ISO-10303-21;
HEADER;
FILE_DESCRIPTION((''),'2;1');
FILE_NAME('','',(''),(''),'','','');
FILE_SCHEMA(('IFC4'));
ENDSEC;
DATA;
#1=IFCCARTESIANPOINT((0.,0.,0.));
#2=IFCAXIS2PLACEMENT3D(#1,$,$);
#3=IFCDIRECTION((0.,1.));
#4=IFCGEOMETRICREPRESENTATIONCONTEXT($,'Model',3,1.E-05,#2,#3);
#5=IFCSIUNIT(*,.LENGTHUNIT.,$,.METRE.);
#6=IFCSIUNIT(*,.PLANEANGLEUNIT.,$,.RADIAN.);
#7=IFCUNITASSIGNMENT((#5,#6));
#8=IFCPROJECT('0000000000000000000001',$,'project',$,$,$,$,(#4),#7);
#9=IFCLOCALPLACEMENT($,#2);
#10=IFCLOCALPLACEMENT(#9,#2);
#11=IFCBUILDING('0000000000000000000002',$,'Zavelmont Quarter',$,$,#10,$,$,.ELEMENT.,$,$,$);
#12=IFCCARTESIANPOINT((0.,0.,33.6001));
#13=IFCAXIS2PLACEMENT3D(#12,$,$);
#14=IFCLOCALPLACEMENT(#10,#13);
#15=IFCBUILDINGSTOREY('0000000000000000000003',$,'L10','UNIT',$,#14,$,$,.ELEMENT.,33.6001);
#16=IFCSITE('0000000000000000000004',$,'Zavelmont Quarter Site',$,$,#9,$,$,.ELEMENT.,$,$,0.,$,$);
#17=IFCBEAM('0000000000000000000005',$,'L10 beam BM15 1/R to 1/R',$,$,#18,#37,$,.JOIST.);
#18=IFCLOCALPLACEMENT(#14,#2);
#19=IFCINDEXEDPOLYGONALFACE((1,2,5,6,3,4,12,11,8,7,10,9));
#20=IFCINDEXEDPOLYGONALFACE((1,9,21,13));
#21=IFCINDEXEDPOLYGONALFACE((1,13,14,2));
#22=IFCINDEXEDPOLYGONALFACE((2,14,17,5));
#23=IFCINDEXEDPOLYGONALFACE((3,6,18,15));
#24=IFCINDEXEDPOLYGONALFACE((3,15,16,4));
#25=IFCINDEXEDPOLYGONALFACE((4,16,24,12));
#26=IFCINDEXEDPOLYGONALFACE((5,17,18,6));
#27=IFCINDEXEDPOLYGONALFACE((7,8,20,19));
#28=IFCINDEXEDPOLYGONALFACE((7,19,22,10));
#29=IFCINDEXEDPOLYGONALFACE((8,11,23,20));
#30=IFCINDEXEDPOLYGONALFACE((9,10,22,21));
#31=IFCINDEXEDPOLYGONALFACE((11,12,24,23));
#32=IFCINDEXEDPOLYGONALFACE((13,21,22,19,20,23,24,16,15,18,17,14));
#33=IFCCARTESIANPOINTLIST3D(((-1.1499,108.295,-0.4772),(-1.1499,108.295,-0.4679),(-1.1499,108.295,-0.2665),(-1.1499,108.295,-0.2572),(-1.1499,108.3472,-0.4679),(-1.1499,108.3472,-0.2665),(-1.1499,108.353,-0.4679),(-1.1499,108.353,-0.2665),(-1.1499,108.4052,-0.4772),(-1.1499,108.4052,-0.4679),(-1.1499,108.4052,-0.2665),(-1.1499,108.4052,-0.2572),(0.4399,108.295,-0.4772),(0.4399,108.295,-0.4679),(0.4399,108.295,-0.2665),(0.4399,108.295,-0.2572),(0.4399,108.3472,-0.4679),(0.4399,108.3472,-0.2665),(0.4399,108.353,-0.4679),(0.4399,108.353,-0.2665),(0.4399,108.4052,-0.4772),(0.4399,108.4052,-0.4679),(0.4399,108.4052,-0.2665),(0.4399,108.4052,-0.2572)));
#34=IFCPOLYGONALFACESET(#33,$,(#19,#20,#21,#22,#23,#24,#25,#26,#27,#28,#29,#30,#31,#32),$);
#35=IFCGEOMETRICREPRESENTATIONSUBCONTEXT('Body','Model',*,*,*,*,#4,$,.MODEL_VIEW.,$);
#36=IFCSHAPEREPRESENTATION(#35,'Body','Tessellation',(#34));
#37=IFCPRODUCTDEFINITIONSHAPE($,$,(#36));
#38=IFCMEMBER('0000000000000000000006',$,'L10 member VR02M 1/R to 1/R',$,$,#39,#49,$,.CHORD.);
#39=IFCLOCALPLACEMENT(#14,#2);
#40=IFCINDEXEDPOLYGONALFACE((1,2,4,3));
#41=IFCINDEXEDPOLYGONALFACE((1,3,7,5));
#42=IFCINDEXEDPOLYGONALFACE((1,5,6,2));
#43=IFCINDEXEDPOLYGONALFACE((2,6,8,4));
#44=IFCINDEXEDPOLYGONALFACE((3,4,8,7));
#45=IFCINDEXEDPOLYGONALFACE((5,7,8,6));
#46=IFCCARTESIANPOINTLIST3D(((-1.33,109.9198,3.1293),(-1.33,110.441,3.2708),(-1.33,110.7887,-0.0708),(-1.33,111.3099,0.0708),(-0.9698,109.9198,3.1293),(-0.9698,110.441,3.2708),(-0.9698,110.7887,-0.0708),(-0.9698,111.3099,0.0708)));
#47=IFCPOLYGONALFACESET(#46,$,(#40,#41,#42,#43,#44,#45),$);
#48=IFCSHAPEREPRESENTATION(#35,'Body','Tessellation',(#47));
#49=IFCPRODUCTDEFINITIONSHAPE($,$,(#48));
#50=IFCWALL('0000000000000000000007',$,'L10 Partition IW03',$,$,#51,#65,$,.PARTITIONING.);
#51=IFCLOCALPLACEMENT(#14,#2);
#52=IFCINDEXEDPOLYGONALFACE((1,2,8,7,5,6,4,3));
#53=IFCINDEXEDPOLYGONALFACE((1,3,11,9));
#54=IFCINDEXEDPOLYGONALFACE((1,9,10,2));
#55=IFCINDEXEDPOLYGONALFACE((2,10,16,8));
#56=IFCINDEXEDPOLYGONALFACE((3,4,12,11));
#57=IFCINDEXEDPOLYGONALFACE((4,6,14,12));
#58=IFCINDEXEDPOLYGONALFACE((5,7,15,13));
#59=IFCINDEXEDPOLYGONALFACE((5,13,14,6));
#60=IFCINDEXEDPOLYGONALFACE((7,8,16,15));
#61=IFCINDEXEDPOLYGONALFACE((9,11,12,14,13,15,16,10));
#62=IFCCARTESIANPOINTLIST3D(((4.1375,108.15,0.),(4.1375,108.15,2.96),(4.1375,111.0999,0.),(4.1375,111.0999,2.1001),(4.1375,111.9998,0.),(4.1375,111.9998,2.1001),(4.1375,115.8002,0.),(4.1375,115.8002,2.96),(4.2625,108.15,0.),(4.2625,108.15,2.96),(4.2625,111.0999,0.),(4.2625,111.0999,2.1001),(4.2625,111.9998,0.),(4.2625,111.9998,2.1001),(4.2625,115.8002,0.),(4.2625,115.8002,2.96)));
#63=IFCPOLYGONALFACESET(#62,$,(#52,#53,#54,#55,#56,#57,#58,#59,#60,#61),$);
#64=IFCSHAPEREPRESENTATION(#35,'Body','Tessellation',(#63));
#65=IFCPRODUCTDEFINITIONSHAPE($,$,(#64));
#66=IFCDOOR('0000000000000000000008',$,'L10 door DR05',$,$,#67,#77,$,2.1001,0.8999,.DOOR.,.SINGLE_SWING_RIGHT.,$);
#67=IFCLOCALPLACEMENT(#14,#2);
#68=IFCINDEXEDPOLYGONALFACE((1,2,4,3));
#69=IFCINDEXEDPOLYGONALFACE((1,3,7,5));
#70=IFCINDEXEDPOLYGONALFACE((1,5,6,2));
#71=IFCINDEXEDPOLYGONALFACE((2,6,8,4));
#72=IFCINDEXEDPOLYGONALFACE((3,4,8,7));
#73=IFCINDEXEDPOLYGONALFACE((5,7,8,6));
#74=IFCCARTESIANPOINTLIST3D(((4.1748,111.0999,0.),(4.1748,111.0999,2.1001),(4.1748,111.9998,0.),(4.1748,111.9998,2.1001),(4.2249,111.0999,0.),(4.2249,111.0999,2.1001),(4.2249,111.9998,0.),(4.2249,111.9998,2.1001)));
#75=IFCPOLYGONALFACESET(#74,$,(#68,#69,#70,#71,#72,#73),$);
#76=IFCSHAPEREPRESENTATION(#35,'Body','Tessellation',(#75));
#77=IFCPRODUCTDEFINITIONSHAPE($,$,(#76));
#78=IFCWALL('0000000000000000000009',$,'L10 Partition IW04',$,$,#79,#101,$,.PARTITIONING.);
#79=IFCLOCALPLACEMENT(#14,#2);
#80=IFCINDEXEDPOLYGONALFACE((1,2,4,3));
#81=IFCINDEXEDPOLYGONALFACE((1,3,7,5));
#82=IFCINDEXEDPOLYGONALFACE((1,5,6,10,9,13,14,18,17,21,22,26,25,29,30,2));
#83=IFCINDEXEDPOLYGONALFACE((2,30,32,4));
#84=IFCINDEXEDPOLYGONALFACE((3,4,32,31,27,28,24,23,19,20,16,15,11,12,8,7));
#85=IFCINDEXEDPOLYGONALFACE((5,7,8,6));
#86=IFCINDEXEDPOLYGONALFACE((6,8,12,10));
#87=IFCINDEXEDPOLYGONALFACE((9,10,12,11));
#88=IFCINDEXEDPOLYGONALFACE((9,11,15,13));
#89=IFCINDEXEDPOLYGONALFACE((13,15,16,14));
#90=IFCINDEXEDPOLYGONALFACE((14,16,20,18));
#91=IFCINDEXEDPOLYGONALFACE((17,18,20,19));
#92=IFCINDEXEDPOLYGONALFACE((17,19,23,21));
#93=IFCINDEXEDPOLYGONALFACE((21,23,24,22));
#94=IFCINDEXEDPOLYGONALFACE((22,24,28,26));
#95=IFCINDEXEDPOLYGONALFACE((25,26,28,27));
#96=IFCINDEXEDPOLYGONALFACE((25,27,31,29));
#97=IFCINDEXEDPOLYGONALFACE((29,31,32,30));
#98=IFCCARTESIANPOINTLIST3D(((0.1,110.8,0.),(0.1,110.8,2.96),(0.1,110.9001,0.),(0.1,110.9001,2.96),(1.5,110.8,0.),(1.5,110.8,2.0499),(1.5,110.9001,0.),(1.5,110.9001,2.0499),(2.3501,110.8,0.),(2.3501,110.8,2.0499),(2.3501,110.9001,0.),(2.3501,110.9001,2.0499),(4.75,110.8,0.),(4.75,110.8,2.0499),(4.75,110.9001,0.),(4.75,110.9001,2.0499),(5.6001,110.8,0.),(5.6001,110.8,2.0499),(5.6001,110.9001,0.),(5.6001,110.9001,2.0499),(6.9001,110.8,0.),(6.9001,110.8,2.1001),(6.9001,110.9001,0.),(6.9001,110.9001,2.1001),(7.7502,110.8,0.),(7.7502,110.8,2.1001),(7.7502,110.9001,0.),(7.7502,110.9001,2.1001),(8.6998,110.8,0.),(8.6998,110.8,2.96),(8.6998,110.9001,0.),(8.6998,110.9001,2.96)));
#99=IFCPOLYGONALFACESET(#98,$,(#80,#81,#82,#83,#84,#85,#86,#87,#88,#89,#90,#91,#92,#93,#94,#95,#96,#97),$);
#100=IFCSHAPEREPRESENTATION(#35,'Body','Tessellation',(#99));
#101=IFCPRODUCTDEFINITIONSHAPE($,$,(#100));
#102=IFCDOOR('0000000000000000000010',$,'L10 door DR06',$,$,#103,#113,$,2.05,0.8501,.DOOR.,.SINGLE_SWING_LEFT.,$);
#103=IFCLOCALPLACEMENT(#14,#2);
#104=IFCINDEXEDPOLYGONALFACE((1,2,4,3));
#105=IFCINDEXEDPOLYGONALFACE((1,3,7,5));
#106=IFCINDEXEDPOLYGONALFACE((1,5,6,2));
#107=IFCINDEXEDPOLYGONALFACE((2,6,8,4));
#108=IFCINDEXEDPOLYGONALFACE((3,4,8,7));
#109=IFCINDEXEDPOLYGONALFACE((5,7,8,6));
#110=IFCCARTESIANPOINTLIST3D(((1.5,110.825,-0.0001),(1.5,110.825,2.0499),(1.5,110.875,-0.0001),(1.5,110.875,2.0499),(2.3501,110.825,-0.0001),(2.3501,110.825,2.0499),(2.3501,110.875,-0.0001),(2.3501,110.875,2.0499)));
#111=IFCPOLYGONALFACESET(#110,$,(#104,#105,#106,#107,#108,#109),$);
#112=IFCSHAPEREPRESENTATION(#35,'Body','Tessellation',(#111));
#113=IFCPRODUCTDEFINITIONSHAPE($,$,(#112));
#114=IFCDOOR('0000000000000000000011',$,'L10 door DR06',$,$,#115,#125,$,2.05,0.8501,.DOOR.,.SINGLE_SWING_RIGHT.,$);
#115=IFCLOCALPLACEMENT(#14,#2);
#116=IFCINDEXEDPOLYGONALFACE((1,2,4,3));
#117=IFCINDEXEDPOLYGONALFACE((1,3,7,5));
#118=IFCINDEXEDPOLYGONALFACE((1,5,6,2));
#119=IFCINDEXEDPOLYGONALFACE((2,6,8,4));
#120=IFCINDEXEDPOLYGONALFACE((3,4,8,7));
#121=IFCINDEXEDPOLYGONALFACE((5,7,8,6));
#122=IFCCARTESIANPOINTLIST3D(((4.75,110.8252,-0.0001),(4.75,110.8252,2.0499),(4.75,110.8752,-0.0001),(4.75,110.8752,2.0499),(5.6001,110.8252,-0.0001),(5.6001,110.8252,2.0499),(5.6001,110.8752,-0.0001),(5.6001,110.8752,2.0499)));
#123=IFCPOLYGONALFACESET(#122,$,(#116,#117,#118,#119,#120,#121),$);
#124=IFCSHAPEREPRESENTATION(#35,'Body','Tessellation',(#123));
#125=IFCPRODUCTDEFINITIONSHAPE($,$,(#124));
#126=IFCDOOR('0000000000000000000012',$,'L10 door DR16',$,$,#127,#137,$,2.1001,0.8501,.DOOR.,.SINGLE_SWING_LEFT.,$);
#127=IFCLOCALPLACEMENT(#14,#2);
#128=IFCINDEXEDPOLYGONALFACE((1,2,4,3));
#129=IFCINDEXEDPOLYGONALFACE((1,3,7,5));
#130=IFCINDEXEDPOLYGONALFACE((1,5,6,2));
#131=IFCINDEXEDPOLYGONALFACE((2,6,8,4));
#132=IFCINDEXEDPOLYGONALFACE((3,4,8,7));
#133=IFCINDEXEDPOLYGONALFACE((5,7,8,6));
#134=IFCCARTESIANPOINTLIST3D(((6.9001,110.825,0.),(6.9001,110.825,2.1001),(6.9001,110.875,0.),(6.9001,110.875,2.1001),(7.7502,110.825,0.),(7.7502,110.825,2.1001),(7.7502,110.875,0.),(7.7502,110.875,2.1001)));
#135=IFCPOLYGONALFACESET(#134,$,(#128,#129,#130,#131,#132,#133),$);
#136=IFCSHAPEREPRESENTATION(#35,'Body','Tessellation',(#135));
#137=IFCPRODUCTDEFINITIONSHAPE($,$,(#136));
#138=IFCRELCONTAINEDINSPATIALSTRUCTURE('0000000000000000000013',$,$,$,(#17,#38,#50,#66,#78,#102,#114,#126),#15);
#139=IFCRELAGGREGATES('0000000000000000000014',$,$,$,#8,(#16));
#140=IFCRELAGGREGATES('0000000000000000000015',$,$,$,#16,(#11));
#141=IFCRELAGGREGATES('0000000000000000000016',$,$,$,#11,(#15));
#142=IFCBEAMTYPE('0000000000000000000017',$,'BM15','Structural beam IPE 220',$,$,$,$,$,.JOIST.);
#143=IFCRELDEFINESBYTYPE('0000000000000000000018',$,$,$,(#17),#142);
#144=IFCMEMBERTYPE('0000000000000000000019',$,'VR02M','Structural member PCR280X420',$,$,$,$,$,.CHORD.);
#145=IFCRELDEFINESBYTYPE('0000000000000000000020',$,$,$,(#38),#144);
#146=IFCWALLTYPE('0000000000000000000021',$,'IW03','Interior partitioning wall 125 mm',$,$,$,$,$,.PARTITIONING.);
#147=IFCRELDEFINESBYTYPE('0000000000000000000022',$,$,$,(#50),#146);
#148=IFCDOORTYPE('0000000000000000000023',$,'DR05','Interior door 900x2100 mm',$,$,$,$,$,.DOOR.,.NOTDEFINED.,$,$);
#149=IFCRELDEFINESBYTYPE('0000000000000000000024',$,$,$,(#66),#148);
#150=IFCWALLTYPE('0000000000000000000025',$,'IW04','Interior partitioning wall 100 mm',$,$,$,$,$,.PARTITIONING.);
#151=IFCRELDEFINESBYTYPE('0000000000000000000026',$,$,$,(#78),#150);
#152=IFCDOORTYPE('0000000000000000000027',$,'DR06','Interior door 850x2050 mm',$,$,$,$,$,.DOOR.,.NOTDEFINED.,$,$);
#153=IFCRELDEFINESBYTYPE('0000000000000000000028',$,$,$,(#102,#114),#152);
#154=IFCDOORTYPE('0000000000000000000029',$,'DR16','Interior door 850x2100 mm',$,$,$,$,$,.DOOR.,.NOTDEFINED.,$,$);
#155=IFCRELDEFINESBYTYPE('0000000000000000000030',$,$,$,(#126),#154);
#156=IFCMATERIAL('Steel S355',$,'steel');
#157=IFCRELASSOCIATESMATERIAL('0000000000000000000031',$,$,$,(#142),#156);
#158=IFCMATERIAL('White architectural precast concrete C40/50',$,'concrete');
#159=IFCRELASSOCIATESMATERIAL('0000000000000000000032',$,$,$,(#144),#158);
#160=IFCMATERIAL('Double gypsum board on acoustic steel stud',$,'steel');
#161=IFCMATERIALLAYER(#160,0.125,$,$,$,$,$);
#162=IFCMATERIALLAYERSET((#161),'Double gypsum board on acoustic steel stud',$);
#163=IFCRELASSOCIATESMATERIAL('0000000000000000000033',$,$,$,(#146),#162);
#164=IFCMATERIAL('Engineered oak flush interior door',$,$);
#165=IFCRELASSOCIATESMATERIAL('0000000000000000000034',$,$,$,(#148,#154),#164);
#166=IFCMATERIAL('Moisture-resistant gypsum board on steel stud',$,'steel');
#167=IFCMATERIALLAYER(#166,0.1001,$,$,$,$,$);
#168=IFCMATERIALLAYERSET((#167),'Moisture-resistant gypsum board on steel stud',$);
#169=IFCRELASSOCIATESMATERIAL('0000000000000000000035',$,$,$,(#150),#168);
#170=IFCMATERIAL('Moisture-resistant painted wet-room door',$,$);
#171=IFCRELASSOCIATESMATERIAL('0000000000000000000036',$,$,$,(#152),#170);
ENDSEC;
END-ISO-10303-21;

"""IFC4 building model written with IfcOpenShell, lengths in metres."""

from ifc_helpers import new_model, si_unit, direction, frame, frame_2d, origin, origin_with_axes, origin_2d, place, context, subcontext, project, spatial, rectangle, i_section, extrude, material, layer, layer_set, material_profile, profile_set, type_object, element, fill, save


model = new_model("IFC4")

# Units and contexts
model_context = context("Model", 3, precision=1e-05, world=origin(), true_north=direction((0.0, 1.0)))
body_context = subcontext(model_context, "Body", "Model", "MODEL_VIEW")
ifc_project = project(units=[si_unit("LENGTHUNIT", "METRE"), si_unit("PLANEANGLEUNIT", "RADIAN")], contexts=[model_context])

# Site, building, storey
site_placement = place(None, origin())
site = spatial("IfcSite", under=ifc_project, at=site_placement, Name="Zavelmont Quarter Site", CompositionType="ELEMENT", RefElevation=0.0)
building_placement = place(site_placement, origin())
building = spatial("IfcBuilding", under=site, at=building_placement, Name="Zavelmont Quarter", CompositionType="ELEMENT")
storey_placement = place(building_placement, frame((0.0, 0.0, 33.6001)))
storey = spatial("IfcBuildingStorey", under=building, at=storey_placement, Name="L10", Description="UNIT", CompositionType="ELEMENT", Elevation=33.6001)

# Beam
ifc_material_1 = material(Name="Steel S355", Category="steel")
ifc_material_profile_1 = material_profile(ifc_material_1, i_section(OverallWidth=0.1101, OverallDepth=0.22, WebThickness=0.0059, FlangeThickness=0.0093, at=origin_2d()), Name="IPE 220")
ifc_profile_set_1 = profile_set([ifc_material_profile_1], Name="Steel S355")
beam_type = type_object("IfcBeamType", Name="BM15", Description="Structural beam IPE 220", PredefinedType="JOIST", material=ifc_profile_set_1)
beam_placement = place(storey_placement, frame((0.4399, 108.3501, -0.3672), z_axis=(-1.0, 0.0, 0.0), x_axis=(0.0, -1.0, 0.0)))
element("IfcBeam", 1, at=beam_placement, inside=storey, type_object=beam_type, Name="L10 beam BM15 1/R to 1/R", PredefinedType="JOIST", context=body_context, shape_type="SweptSolid", body=[
    extrude(i_section(OverallWidth=0.1101, OverallDepth=0.22, WebThickness=0.0059, FlangeThickness=0.0093, at=origin_2d()), origin(), (0.0, 0.0, 1.0), 1.5898),
])

# Member
ifc_material_2 = material(Name="White architectural precast concrete C40/50", Category="concrete")
ifc_material_profile_2 = material_profile(ifc_material_2, rectangle(XDim=0.3601, YDim=0.54, at=origin_2d()), Name="PCR280X420")
ifc_profile_set_2 = profile_set([ifc_material_profile_2], Name="White architectural precast concrete C40/50")
member_type = type_object("IfcMemberType", Name="VR02M", Description="Structural member PCR280X420", PredefinedType="CHORD", material=ifc_profile_set_2)
member_placement = place(storey_placement, frame((-1.1499, 111.0493, 0.0), z_axis=(0.0, -0.262046, 0.965055), x_axis=(1.0, 0.0, 0.0)))
element("IfcMember", 2, at=member_placement, inside=storey, type_object=member_type, Name="L10 member VR02M 1/R to 1/R", PredefinedType="CHORD", context=body_context, shape_type="SweptSolid", body=[
    extrude(rectangle(XDim=0.3601, YDim=0.54, at=origin_2d()), origin(), (0.0, 0.0, 1.0), 3.3159),
])

# Wall, opening, door
ifc_material_3 = material(Name="Double gypsum board on acoustic steel stud", Category="steel")
ifc_layer_1 = layer(ifc_material_3, 0.125)
ifc_layer_set_1 = layer_set([ifc_layer_1], Name="Double gypsum board on acoustic steel stud")
wall_type_1 = type_object("IfcWallType", Name="IW03", Description="Interior partitioning wall 125 mm", PredefinedType="PARTITIONING", material=ifc_layer_set_1)
wall_1_placement = place(storey_placement, frame((4.2, 108.1499, 0.0), z_axis=(0.0, 0.0, 1.0), x_axis=(0.0, 1.0, 0.0)))
wall_1 = element("IfcWall", 3, at=wall_1_placement, inside=storey, type_object=wall_type_1, Name="L10 Partition IW03", PredefinedType="PARTITIONING", context=body_context, shape_type="SweptSolid", body=[
    extrude(rectangle(XDim=7.6501, YDim=0.125, at=frame_2d((3.8252, 0.0))), origin(), (0.0, 0.0, 1.0), 2.96),
])
opening_1_placement = place(wall_1_placement, frame((2.95, 0.0, 0.0)))
opening_1 = element("IfcOpeningElement", 4, at=opening_1_placement, cuts=wall_1, PredefinedType="OPENING", context=body_context, shape_type="SweptSolid", body=[
    extrude(rectangle(XDim=0.8999, YDim=2.1001, at=frame_2d((0.45, 1.05))), frame((0.0, 0.0745, 0.0), z_axis=(0.0, -1.0, 0.0), x_axis=(1.0, 0.0, 0.0)), (0.0, 0.0, 1.0), 0.1489),
])
ifc_material_4 = material(Name="Engineered oak flush interior door")
door_type_1 = type_object("IfcDoorType", Name="DR05", Description="Interior door 900x2100 mm", OperationType="NOTDEFINED", PredefinedType="DOOR", material=ifc_material_4)
door_1_placement = place(opening_1_placement, frame((0.8999, 0.0, 0.0), z_axis=(0.0, 0.0, 1.0), x_axis=(-1.0, 0.0, 0.0)))
door_1 = element("IfcDoor", 5, at=door_1_placement, inside=storey, type_object=door_type_1, Name="L10 door DR05", OperationType="SINGLE_SWING_RIGHT", OverallHeight=2.1001, OverallWidth=0.8999, PredefinedType="DOOR", context=body_context, shape_type="SweptSolid", body=[
    extrude(rectangle(XDim=0.8999, YDim=2.1001, at=frame_2d((0.45, 1.05))), frame((0.0, 0.0249, 0.0), z_axis=(0.0, -1.0, 0.0), x_axis=(1.0, 0.0, 0.0)), (0.0, 0.0, 1.0), 0.05),
])
fill(opening_1, door_1)

# Wall, openings, doors
ifc_material_5 = material(Name="Moisture-resistant gypsum board on steel stud", Category="steel")
ifc_layer_2 = layer(ifc_material_5, 0.1001)
ifc_layer_set_2 = layer_set([ifc_layer_2], Name="Moisture-resistant gypsum board on steel stud")
wall_type_2 = type_object("IfcWallType", Name="IW04", Description="Interior partitioning wall 100 mm", PredefinedType="PARTITIONING", material=ifc_layer_set_2)
wall_2_placement = place(storey_placement, frame((0.1001, 110.8501, 0.0), z_axis=(0.0, 0.0, 1.0), x_axis=(1.0, 0.0, 0.0)))
wall_2 = element("IfcWall", 6, at=wall_2_placement, inside=storey, type_object=wall_type_2, Name="L10 Partition IW04", PredefinedType="PARTITIONING", context=body_context, shape_type="SweptSolid", body=[
    extrude(rectangle(XDim=8.5999, YDim=0.1001, at=frame_2d((4.2998, 0.0))), origin(), (0.0, 0.0, 1.0), 2.96),
])
opening_2_placement = place(wall_2_placement, frame((1.3999, 0.0, 0.0)))
opening_2 = element("IfcOpeningElement", 7, at=opening_2_placement, cuts=wall_2, PredefinedType="OPENING", context=body_context, shape_type="SweptSolid", body=[
    extrude(rectangle(XDim=0.8501, YDim=2.05, at=frame_2d((0.425, 1.0249))), frame((0.0, 0.062, 0.0), z_axis=(0.0, -1.0, 0.0), x_axis=(1.0, 0.0, 0.0)), (0.0, 0.0, 1.0), 0.124),
])
opening_3_placement = place(wall_2_placement, frame((4.6499, 0.0, 0.0)))
opening_3 = element("IfcOpeningElement", 8, at=opening_3_placement, cuts=wall_2, PredefinedType="OPENING", context=body_context, shape_type="SweptSolid", body=[
    extrude(rectangle(XDim=0.8501, YDim=2.05, at=frame_2d((0.425, 1.0249))), frame((0.0, 0.062, 0.0), z_axis=(0.0, -1.0, 0.0), x_axis=(1.0, 0.0, 0.0)), (0.0, 0.0, 1.0), 0.124),
])
opening_4_placement = place(wall_2_placement, frame((6.8, 0.0, 0.0)))
opening_4 = element("IfcOpeningElement", 9, at=opening_4_placement, cuts=wall_2, PredefinedType="OPENING", context=body_context, shape_type="SweptSolid", body=[
    extrude(rectangle(XDim=0.8501, YDim=2.1001, at=frame_2d((0.425, 1.05))), frame((0.0, 0.062, 0.0), z_axis=(0.0, -1.0, 0.0), x_axis=(1.0, 0.0, 0.0)), (0.0, 0.0, 1.0), 0.124),
])
ifc_material_6 = material(Name="Moisture-resistant painted wet-room door")
door_type_2 = type_object("IfcDoorType", Name="DR06", Description="Interior door 850x2050 mm", OperationType="NOTDEFINED", PredefinedType="DOOR", material=ifc_material_6)
door_2_placement = place(opening_2_placement, origin_with_axes())
door_2 = element("IfcDoor", 10, at=door_2_placement, inside=storey, type_object=door_type_2, Name="L10 door DR06", OperationType="SINGLE_SWING_LEFT", OverallHeight=2.05, OverallWidth=0.8501, PredefinedType="DOOR", context=body_context, shape_type="SweptSolid", body=[
    extrude(rectangle(XDim=0.8501, YDim=2.05, at=frame_2d((0.425, 1.0249))), frame((0.0, 0.0249, 0.0), z_axis=(0.0, -1.0, 0.0), x_axis=(1.0, 0.0, 0.0)), (0.0, 0.0, 1.0), 0.05),
])
fill(opening_2, door_2)
door_3_placement = place(opening_3_placement, frame((0.8501, 0.0, 0.0), z_axis=(0.0, 0.0, 1.0), x_axis=(-1.0, 0.0, 0.0)))
door_3 = element("IfcDoor", 11, at=door_3_placement, inside=storey, type_object=door_type_2, Name="L10 door DR06", OperationType="SINGLE_SWING_RIGHT", OverallHeight=2.05, OverallWidth=0.8501, PredefinedType="DOOR", context=body_context, shape_type="SweptSolid", body=[
    extrude(rectangle(XDim=0.8501, YDim=2.05, at=frame_2d((0.425, 1.0249))), frame((0.0, 0.0249, 0.0), z_axis=(0.0, -1.0, 0.0), x_axis=(1.0, 0.0, 0.0)), (0.0, 0.0, 1.0), 0.05),
])
fill(opening_3, door_3)
door_type_3 = type_object("IfcDoorType", Name="DR16", Description="Interior door 850x2100 mm", OperationType="NOTDEFINED", PredefinedType="DOOR", material=ifc_material_4)
door_4_placement = place(opening_4_placement, origin_with_axes())
door_4 = element("IfcDoor", 12, at=door_4_placement, inside=storey, type_object=door_type_3, Name="L10 door DR16", OperationType="SINGLE_SWING_LEFT", OverallHeight=2.1001, OverallWidth=0.8501, PredefinedType="DOOR", context=body_context, shape_type="SweptSolid", body=[
    extrude(rectangle(XDim=0.8501, YDim=2.1001, at=frame_2d((0.425, 1.05))), frame((0.0, 0.0249, 0.0), z_axis=(0.0, -1.0, 0.0), x_axis=(1.0, 0.0, 0.0)), (0.0, 0.0, 1.0), 0.05),
])
fill(opening_4, door_4)

save(model, "model.ifc")
